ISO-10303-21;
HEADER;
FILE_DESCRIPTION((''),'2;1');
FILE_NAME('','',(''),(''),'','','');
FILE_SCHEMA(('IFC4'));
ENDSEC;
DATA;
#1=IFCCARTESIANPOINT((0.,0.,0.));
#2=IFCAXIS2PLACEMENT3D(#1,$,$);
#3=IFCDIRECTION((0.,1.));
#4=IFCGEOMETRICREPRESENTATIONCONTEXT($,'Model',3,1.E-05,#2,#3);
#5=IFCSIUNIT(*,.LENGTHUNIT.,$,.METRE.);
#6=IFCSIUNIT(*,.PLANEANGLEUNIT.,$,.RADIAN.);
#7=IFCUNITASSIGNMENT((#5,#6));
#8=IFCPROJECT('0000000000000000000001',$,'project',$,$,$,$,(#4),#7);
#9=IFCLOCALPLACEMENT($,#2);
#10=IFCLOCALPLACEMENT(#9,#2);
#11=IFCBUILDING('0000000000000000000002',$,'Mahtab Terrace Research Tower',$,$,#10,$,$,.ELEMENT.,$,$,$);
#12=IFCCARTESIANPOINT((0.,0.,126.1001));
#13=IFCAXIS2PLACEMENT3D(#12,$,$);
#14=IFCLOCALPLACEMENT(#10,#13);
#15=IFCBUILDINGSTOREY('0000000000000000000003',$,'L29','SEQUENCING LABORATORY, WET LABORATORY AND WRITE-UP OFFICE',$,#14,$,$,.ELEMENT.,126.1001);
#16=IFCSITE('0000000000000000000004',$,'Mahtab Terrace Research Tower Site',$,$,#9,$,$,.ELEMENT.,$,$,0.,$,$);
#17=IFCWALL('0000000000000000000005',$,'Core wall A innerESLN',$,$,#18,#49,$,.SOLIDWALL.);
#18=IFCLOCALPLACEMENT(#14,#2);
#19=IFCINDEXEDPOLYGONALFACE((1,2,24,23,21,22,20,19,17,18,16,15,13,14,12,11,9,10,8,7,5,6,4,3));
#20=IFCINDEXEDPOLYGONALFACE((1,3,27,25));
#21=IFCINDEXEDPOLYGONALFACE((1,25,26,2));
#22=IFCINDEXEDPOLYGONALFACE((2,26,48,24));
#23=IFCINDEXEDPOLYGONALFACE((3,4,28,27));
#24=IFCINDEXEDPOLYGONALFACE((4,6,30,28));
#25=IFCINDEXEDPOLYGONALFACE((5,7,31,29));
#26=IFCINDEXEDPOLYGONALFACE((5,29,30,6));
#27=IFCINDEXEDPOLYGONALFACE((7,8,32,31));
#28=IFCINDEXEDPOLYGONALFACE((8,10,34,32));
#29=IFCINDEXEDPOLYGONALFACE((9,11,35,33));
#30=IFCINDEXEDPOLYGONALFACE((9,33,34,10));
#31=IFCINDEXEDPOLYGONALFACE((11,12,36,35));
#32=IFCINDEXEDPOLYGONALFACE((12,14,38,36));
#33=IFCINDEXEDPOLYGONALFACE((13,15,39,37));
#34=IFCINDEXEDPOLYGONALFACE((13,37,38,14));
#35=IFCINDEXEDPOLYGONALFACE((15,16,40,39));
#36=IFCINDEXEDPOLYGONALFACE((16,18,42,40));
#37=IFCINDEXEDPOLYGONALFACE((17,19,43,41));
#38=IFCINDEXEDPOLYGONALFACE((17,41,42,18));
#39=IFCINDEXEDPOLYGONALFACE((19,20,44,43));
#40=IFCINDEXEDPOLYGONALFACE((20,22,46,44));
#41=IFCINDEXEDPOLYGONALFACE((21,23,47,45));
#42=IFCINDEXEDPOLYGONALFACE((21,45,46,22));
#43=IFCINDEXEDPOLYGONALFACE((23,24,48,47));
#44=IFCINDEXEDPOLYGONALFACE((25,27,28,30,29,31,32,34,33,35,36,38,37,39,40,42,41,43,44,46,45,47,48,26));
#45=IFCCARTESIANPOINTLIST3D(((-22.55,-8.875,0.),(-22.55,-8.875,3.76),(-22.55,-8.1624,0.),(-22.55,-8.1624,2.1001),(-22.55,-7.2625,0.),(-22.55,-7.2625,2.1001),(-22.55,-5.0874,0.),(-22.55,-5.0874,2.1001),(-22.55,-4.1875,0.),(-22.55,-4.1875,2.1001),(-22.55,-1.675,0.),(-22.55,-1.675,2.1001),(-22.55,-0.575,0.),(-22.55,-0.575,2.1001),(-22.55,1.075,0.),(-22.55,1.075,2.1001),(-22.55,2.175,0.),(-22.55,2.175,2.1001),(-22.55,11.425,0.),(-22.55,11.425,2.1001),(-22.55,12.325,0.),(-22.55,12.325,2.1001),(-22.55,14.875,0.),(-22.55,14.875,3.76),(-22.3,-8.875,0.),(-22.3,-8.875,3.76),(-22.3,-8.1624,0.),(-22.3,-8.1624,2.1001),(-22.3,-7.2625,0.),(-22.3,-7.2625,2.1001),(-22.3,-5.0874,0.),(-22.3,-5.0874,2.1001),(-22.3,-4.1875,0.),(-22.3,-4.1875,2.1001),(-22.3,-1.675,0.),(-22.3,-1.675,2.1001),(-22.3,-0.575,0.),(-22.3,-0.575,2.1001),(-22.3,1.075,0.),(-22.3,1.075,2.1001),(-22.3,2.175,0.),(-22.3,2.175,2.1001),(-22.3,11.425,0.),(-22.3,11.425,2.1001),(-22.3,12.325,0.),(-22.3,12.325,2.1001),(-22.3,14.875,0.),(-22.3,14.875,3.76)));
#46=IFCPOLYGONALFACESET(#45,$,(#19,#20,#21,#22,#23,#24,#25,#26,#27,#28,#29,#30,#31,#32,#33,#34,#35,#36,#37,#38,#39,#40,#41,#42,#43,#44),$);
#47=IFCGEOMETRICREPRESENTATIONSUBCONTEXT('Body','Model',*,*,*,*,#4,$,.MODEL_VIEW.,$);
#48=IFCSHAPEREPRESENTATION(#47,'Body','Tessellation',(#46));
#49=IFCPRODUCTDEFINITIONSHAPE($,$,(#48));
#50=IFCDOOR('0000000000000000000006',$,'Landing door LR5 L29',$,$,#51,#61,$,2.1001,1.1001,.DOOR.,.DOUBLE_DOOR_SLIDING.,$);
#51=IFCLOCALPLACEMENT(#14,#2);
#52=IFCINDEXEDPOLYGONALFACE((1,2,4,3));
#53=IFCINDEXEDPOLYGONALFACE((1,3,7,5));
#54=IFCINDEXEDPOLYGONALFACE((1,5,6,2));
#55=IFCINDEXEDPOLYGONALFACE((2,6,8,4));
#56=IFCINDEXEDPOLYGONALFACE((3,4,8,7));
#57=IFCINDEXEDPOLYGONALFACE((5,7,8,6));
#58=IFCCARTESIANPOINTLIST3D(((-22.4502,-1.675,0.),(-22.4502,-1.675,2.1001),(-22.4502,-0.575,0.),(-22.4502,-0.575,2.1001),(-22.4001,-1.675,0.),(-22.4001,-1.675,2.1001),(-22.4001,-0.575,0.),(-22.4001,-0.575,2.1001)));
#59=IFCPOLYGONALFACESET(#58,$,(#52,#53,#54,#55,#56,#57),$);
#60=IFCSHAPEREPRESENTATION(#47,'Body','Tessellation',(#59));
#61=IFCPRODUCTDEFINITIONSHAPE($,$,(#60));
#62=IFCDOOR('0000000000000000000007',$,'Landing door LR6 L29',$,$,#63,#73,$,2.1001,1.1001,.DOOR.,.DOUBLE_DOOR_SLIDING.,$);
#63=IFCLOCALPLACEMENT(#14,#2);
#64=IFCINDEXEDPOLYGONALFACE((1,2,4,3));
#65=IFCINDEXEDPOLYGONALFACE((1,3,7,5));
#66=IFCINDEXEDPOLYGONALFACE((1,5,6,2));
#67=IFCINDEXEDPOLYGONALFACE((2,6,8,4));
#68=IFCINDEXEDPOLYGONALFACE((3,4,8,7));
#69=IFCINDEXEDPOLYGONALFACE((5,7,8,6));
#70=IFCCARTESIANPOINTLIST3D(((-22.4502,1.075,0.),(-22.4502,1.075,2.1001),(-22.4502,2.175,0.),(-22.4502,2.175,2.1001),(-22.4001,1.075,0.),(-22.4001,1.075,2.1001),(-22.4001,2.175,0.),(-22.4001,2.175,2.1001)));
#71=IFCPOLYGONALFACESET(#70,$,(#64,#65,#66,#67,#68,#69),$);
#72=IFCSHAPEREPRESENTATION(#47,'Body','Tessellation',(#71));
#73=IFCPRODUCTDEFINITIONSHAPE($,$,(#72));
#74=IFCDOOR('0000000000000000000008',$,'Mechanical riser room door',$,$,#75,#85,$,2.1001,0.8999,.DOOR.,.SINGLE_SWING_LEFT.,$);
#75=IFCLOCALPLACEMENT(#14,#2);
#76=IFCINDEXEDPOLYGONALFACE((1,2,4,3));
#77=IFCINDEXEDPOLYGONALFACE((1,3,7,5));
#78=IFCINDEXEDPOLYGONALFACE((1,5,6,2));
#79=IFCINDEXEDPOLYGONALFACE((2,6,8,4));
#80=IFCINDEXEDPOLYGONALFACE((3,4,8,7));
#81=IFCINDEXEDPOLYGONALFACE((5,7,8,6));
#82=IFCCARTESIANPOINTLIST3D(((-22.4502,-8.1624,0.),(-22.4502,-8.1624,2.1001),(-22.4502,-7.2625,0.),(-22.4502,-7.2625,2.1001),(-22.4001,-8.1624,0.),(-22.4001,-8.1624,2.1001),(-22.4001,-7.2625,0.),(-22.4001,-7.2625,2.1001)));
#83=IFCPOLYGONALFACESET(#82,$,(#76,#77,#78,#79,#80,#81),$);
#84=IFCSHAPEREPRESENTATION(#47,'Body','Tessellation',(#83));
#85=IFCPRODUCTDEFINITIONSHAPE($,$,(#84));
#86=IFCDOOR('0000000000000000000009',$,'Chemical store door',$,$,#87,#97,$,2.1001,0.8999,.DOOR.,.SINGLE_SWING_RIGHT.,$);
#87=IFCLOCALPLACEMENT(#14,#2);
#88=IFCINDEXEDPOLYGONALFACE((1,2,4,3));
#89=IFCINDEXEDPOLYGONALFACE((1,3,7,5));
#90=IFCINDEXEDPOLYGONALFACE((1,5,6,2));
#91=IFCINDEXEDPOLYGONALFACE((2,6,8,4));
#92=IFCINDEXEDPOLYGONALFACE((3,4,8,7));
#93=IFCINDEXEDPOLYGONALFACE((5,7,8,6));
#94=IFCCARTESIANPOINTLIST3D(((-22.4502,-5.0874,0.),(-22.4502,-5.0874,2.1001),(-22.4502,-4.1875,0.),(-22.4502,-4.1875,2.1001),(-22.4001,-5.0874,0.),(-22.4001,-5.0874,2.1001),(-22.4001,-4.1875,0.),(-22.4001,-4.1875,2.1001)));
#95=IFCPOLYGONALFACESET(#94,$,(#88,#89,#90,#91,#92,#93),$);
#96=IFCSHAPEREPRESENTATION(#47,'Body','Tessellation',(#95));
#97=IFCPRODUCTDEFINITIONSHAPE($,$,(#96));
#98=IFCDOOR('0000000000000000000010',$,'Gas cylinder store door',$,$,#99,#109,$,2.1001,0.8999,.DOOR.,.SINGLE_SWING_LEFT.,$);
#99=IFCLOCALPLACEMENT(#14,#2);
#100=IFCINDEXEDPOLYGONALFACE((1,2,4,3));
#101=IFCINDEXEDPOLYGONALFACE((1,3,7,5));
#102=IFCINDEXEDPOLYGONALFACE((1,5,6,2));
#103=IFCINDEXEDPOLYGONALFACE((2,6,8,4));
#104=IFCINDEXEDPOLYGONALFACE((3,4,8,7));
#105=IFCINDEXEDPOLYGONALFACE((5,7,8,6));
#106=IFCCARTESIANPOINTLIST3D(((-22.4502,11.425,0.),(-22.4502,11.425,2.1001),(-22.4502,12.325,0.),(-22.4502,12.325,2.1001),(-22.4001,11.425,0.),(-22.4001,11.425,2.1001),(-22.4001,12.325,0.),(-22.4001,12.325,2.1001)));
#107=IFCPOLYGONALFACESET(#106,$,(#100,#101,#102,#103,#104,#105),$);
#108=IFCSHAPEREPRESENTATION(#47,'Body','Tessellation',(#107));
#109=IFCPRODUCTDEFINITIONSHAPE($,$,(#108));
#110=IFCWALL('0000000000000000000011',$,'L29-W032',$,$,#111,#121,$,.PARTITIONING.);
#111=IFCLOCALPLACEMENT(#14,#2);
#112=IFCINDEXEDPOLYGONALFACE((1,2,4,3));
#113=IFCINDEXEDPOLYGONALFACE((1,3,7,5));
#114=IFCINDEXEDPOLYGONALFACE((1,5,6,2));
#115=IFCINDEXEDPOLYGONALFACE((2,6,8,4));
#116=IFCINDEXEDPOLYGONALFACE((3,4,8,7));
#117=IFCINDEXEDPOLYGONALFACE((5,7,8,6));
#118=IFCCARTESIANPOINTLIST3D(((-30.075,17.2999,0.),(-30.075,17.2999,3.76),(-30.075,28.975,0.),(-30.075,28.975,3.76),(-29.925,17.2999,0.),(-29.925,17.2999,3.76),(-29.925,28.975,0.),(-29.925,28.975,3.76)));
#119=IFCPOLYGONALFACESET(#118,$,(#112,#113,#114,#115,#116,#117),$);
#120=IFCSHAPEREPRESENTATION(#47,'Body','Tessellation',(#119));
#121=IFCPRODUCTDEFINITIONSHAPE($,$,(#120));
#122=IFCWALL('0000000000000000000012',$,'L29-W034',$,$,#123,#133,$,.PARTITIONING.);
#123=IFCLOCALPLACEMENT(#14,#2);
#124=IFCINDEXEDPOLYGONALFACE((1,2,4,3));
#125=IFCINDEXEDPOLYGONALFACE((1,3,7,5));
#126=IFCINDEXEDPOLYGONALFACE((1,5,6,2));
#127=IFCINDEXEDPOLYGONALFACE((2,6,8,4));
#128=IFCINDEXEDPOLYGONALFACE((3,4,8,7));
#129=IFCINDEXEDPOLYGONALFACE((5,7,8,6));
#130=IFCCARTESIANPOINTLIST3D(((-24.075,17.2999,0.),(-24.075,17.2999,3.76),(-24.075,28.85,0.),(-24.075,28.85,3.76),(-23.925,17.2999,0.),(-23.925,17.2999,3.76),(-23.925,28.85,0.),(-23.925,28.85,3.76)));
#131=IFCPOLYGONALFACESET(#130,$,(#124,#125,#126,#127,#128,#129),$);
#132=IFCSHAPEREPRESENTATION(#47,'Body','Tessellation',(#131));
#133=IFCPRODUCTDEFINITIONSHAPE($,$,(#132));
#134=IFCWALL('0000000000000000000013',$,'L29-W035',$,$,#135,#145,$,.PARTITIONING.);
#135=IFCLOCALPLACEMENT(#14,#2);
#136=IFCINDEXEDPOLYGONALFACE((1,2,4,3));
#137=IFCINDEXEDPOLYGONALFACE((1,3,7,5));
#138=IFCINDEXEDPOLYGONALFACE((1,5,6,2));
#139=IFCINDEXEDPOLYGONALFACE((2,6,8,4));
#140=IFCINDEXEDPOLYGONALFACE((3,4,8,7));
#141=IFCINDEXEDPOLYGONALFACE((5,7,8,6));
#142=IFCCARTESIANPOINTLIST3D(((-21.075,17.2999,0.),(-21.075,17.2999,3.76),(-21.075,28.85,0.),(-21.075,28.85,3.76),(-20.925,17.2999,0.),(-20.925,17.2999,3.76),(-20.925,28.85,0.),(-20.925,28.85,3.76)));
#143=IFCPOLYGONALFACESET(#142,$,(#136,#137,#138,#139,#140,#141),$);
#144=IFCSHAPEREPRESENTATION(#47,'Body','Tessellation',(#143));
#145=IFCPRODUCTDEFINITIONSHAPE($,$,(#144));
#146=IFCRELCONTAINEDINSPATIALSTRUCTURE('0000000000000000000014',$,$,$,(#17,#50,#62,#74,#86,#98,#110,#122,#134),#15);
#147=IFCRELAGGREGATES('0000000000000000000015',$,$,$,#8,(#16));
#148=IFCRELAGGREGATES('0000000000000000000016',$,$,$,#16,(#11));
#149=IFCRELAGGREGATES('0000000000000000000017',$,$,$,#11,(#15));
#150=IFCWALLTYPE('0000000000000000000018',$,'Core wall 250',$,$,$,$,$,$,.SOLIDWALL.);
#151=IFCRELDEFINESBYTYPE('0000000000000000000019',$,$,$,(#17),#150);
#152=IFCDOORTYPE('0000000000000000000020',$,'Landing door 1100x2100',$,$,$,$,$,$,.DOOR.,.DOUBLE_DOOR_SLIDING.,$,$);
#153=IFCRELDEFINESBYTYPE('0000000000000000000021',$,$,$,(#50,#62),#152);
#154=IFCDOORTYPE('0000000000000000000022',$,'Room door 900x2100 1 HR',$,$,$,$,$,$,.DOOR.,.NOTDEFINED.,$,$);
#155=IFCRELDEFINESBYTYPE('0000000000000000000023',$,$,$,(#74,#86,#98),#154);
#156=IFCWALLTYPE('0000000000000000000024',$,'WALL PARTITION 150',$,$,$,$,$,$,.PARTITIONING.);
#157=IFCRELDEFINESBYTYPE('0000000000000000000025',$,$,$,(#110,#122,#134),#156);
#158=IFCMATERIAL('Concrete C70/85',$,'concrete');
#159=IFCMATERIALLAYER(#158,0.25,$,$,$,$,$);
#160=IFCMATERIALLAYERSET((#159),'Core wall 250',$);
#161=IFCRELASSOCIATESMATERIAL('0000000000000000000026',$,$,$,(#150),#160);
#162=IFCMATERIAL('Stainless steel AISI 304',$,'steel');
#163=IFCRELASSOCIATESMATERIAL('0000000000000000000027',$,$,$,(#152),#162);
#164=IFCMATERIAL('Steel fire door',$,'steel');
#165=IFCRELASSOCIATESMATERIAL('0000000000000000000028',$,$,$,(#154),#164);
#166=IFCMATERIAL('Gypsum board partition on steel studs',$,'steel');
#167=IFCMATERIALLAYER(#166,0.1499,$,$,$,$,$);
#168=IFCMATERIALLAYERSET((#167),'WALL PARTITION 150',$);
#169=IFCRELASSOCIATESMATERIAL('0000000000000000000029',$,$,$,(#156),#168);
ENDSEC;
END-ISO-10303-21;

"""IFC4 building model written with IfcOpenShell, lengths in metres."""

from ifc_helpers import new_model, si_unit, direction, frame, frame_2d, origin, place, context, subcontext, project, spatial, rectangle, extrude, material, layer, layer_set, type_object, element, fill, save


model = new_model("IFC4")

# Units and contexts
model_context = context("Model", 3, precision=1e-05, world=origin(), true_north=direction((0.0, 1.0)))
body_context = subcontext(model_context, "Body", "Model", "MODEL_VIEW")
ifc_project = project(units=[si_unit("LENGTHUNIT", "METRE"), si_unit("PLANEANGLEUNIT", "RADIAN")], contexts=[model_context])

# Site, building, storey
site_placement = place(None, origin())
site = spatial("IfcSite", under=ifc_project, at=site_placement, Name="Mahtab Terrace Research Tower Site", CompositionType="ELEMENT", RefElevation=0.0)
building_placement = place(site_placement, origin())
building = spatial("IfcBuilding", under=site, at=building_placement, Name="Mahtab Terrace Research Tower", CompositionType="ELEMENT")
storey_placement = place(building_placement, frame((0.0, 0.0, 126.1001)))
storey = spatial("IfcBuildingStorey", under=building, at=storey_placement, Name="L29", Description="SEQUENCING LABORATORY, WET LABORATORY AND WRITE-UP OFFICE", CompositionType="ELEMENT", Elevation=126.1001)

# Shared definitions
ifc_material_1 = material(Name="Concrete C70/85", Category="concrete")
ifc_layer_1 = layer(ifc_material_1, 0.25)
ifc_layer_set_1 = layer_set([ifc_layer_1], Name="Core wall 250")
wall_type_1 = type_object("IfcWallType", Name="Core wall 250", PredefinedType="SOLIDWALL", material=ifc_layer_set_1)

# Shared definitions
ifc_material_2 = material(Name="Steel fire door", Category="steel")

# Wall, openings, doors
wall_1_placement = place(storey_placement, frame((-22.425, 14.875, 0.0), z_axis=(0.0, 0.0, 1.0), x_axis=(0.0, -1.0, 0.0)))
wall_1 = element("IfcWall", 1, at=wall_1_placement, inside=storey, type_object=wall_type_1, Name="Core wall A innerESLN", PredefinedType="SOLIDWALL", context=body_context, shape_type="SweptSolid", body=[
    extrude(rectangle(XDim=23.75, YDim=0.25, at=frame_2d((11.875, 0.0))), origin(), (0.0, 0.0, 1.0), 3.76),
])
opening_1_placement = place(wall_1_placement, frame((15.45, 0.0, 0.0)))
opening_1 = element("IfcOpeningElement", 2, at=opening_1_placement, cuts=wall_1, PredefinedType="OPENING", context=body_context, shape_type="SweptSolid", body=[
    extrude(rectangle(XDim=1.1001, YDim=2.1001, at=frame_2d((0.55, 1.05))), frame((0.0, 0.135, 0.0), z_axis=(0.0, -1.0, 0.0), x_axis=(1.0, 0.0, 0.0)), (0.0, 0.0, 1.0), 0.27),
])
opening_2_placement = place(wall_1_placement, frame((12.7, 0.0, 0.0)))
opening_2 = element("IfcOpeningElement", 3, at=opening_2_placement, cuts=wall_1, PredefinedType="OPENING", context=body_context, shape_type="SweptSolid", body=[
    extrude(rectangle(XDim=1.1001, YDim=2.1001, at=frame_2d((0.55, 1.05))), frame((0.0, 0.135, 0.0), z_axis=(0.0, -1.0, 0.0), x_axis=(1.0, 0.0, 0.0)), (0.0, 0.0, 1.0), 0.27),
])
opening_3_placement = place(wall_1_placement, frame((22.1375, 0.0, 0.0)))
opening_3 = element("IfcOpeningElement", 4, at=opening_3_placement, cuts=wall_1, PredefinedType="OPENING", context=body_context, shape_type="SweptSolid", body=[
    extrude(rectangle(XDim=0.8999, YDim=2.1001, at=frame_2d((0.45, 1.05))), frame((0.0, 0.135, 0.0), z_axis=(0.0, -1.0, 0.0), x_axis=(1.0, 0.0, 0.0)), (0.0, 0.0, 1.0), 0.27),
])
opening_4_placement = place(wall_1_placement, frame((19.0625, 0.0, 0.0)))
opening_4 = element("IfcOpeningElement", 5, at=opening_4_placement, cuts=wall_1, PredefinedType="OPENING", context=body_context, shape_type="SweptSolid", body=[
    extrude(rectangle(XDim=0.8999, YDim=2.1001, at=frame_2d((0.45, 1.05))), frame((0.0, 0.135, 0.0), z_axis=(0.0, -1.0, 0.0), x_axis=(1.0, 0.0, 0.0)), (0.0, 0.0, 1.0), 0.27),
])
opening_5_placement = place(wall_1_placement, frame((2.55, 0.0, 0.0)))
opening_5 = element("IfcOpeningElement", 6, at=opening_5_placement, cuts=wall_1, PredefinedType="OPENING", context=body_context, shape_type="SweptSolid", body=[
    extrude(rectangle(XDim=0.8999, YDim=2.1001, at=frame_2d((0.45, 1.05))), frame((0.0, 0.135, 0.0), z_axis=(0.0, -1.0, 0.0), x_axis=(1.0, 0.0, 0.0)), (0.0, 0.0, 1.0), 0.27),
])
ifc_material_3 = material(Name="Stainless steel AISI 304", Category="steel")
door_type_1 = type_object("IfcDoorType", Name="Landing door 1100x2100", OperationType="DOUBLE_DOOR_SLIDING", PredefinedType="DOOR", material=ifc_material_3)
door_1_placement = place(opening_1_placement, origin())
door_1 = element("IfcDoor", 7, at=door_1_placement, inside=storey, type_object=door_type_1, Name="Landing door LR5 L29", OperationType="DOUBLE_DOOR_SLIDING", OverallHeight=2.1001, OverallWidth=1.1001, PredefinedType="DOOR", context=body_context, shape_type="SweptSolid", body=[
    extrude(rectangle(XDim=1.1001, YDim=2.1001, at=frame_2d((0.55, 1.05))), frame((0.0, 0.0249, 0.0), z_axis=(0.0, -1.0, 0.0), x_axis=(1.0, 0.0, 0.0)), (0.0, 0.0, 1.0), 0.05),
])
fill(opening_1, door_1)
door_2_placement = place(opening_2_placement, origin())
door_2 = element("IfcDoor", 8, at=door_2_placement, inside=storey, type_object=door_type_1, Name="Landing door LR6 L29", OperationType="DOUBLE_DOOR_SLIDING", OverallHeight=2.1001, OverallWidth=1.1001, PredefinedType="DOOR", context=body_context, shape_type="SweptSolid", body=[
    extrude(rectangle(XDim=1.1001, YDim=2.1001, at=frame_2d((0.55, 1.05))), frame((0.0, 0.0249, 0.0), z_axis=(0.0, -1.0, 0.0), x_axis=(1.0, 0.0, 0.0)), (0.0, 0.0, 1.0), 0.05),
])
fill(opening_2, door_2)
door_type_2 = type_object("IfcDoorType", Name="Room door 900x2100 1 HR", OperationType="NOTDEFINED", PredefinedType="DOOR", material=ifc_material_2)
door_3_placement = place(opening_3_placement, origin())
door_3 = element("IfcDoor", 9, at=door_3_placement, inside=storey, type_object=door_type_2, Name="Mechanical riser room door", OperationType="SINGLE_SWING_LEFT", OverallHeight=2.1001, OverallWidth=0.8999, PredefinedType="DOOR", context=body_context, shape_type="SweptSolid", body=[
    extrude(rectangle(XDim=0.8999, YDim=2.1001, at=frame_2d((0.45, 1.05))), frame((0.0, 0.0249, 0.0), z_axis=(0.0, -1.0, 0.0), x_axis=(1.0, 0.0, 0.0)), (0.0, 0.0, 1.0), 0.05),
])
fill(opening_3, door_3)
door_4_placement = place(opening_4_placement, origin())
door_4 = element("IfcDoor", 10, at=door_4_placement, inside=storey, type_object=door_type_2, Name="Chemical store door", OperationType="SINGLE_SWING_RIGHT", OverallHeight=2.1001, OverallWidth=0.8999, PredefinedType="DOOR", context=body_context, shape_type="SweptSolid", body=[
    extrude(rectangle(XDim=0.8999, YDim=2.1001, at=frame_2d((0.45, 1.05))), frame((0.0, 0.0249, 0.0), z_axis=(0.0, -1.0, 0.0), x_axis=(1.0, 0.0, 0.0)), (0.0, 0.0, 1.0), 0.05),
])
fill(opening_4, door_4)
door_5_placement = place(opening_5_placement, origin())
door_5 = element("IfcDoor", 11, at=door_5_placement, inside=storey, type_object=door_type_2, Name="Gas cylinder store door", OperationType="SINGLE_SWING_LEFT", OverallHeight=2.1001, OverallWidth=0.8999, PredefinedType="DOOR", context=body_context, shape_type="SweptSolid", body=[
    extrude(rectangle(XDim=0.8999, YDim=2.1001, at=frame_2d((0.45, 1.05))), frame((0.0, 0.0249, 0.0), z_axis=(0.0, -1.0, 0.0), x_axis=(1.0, 0.0, 0.0)), (0.0, 0.0, 1.0), 0.05),
])
fill(opening_5, door_5)

# Walls
ifc_material_4 = material(Name="Gypsum board partition on steel studs", Category="steel")
ifc_layer_2 = layer(ifc_material_4, 0.1499)
ifc_layer_set_2 = layer_set([ifc_layer_2], Name="WALL PARTITION 150")
wall_type_2 = type_object("IfcWallType", Name="WALL PARTITION 150", PredefinedType="PARTITIONING", material=ifc_layer_set_2)
wall_2_placement = place(storey_placement, frame((-30.0, 17.3, 0.0), z_axis=(0.0, 0.0, 1.0), x_axis=(0.0, 1.0, 0.0)))
element("IfcWall", 12, at=wall_2_placement, inside=storey, type_object=wall_type_2, Name="L29-W032", PredefinedType="PARTITIONING", context=body_context, shape_type="SweptSolid", body=[
    extrude(rectangle(XDim=11.675, YDim=0.1499, at=frame_2d((5.8374, 0.0))), origin(), (0.0, 0.0, 1.0), 3.76),
])
for number, where, z_axis, x_axis, name in (
    (13, (-24.0, 17.3, 0.0), (0.0, 0.0, 1.0), (0.0, 1.0, 0.0), "L29-W034"),
    (14, (-21.0, 17.3, 0.0), (0.0, 0.0, 1.0), (0.0, 1.0, 0.0), "L29-W035"),
):
    element("IfcWall", number, at=place(storey_placement, frame(where, z_axis=z_axis, x_axis=x_axis)), inside=storey, type_object=wall_type_2, Name=name, PredefinedType="PARTITIONING", context=body_context, shape_type="SweptSolid", body=[
        extrude(rectangle(XDim=11.55, YDim=0.1499, at=frame_2d((5.7749, 0.0))), origin(), (0.0, 0.0, 1.0), 3.76),
    ])

save(model, "model.ifc")
